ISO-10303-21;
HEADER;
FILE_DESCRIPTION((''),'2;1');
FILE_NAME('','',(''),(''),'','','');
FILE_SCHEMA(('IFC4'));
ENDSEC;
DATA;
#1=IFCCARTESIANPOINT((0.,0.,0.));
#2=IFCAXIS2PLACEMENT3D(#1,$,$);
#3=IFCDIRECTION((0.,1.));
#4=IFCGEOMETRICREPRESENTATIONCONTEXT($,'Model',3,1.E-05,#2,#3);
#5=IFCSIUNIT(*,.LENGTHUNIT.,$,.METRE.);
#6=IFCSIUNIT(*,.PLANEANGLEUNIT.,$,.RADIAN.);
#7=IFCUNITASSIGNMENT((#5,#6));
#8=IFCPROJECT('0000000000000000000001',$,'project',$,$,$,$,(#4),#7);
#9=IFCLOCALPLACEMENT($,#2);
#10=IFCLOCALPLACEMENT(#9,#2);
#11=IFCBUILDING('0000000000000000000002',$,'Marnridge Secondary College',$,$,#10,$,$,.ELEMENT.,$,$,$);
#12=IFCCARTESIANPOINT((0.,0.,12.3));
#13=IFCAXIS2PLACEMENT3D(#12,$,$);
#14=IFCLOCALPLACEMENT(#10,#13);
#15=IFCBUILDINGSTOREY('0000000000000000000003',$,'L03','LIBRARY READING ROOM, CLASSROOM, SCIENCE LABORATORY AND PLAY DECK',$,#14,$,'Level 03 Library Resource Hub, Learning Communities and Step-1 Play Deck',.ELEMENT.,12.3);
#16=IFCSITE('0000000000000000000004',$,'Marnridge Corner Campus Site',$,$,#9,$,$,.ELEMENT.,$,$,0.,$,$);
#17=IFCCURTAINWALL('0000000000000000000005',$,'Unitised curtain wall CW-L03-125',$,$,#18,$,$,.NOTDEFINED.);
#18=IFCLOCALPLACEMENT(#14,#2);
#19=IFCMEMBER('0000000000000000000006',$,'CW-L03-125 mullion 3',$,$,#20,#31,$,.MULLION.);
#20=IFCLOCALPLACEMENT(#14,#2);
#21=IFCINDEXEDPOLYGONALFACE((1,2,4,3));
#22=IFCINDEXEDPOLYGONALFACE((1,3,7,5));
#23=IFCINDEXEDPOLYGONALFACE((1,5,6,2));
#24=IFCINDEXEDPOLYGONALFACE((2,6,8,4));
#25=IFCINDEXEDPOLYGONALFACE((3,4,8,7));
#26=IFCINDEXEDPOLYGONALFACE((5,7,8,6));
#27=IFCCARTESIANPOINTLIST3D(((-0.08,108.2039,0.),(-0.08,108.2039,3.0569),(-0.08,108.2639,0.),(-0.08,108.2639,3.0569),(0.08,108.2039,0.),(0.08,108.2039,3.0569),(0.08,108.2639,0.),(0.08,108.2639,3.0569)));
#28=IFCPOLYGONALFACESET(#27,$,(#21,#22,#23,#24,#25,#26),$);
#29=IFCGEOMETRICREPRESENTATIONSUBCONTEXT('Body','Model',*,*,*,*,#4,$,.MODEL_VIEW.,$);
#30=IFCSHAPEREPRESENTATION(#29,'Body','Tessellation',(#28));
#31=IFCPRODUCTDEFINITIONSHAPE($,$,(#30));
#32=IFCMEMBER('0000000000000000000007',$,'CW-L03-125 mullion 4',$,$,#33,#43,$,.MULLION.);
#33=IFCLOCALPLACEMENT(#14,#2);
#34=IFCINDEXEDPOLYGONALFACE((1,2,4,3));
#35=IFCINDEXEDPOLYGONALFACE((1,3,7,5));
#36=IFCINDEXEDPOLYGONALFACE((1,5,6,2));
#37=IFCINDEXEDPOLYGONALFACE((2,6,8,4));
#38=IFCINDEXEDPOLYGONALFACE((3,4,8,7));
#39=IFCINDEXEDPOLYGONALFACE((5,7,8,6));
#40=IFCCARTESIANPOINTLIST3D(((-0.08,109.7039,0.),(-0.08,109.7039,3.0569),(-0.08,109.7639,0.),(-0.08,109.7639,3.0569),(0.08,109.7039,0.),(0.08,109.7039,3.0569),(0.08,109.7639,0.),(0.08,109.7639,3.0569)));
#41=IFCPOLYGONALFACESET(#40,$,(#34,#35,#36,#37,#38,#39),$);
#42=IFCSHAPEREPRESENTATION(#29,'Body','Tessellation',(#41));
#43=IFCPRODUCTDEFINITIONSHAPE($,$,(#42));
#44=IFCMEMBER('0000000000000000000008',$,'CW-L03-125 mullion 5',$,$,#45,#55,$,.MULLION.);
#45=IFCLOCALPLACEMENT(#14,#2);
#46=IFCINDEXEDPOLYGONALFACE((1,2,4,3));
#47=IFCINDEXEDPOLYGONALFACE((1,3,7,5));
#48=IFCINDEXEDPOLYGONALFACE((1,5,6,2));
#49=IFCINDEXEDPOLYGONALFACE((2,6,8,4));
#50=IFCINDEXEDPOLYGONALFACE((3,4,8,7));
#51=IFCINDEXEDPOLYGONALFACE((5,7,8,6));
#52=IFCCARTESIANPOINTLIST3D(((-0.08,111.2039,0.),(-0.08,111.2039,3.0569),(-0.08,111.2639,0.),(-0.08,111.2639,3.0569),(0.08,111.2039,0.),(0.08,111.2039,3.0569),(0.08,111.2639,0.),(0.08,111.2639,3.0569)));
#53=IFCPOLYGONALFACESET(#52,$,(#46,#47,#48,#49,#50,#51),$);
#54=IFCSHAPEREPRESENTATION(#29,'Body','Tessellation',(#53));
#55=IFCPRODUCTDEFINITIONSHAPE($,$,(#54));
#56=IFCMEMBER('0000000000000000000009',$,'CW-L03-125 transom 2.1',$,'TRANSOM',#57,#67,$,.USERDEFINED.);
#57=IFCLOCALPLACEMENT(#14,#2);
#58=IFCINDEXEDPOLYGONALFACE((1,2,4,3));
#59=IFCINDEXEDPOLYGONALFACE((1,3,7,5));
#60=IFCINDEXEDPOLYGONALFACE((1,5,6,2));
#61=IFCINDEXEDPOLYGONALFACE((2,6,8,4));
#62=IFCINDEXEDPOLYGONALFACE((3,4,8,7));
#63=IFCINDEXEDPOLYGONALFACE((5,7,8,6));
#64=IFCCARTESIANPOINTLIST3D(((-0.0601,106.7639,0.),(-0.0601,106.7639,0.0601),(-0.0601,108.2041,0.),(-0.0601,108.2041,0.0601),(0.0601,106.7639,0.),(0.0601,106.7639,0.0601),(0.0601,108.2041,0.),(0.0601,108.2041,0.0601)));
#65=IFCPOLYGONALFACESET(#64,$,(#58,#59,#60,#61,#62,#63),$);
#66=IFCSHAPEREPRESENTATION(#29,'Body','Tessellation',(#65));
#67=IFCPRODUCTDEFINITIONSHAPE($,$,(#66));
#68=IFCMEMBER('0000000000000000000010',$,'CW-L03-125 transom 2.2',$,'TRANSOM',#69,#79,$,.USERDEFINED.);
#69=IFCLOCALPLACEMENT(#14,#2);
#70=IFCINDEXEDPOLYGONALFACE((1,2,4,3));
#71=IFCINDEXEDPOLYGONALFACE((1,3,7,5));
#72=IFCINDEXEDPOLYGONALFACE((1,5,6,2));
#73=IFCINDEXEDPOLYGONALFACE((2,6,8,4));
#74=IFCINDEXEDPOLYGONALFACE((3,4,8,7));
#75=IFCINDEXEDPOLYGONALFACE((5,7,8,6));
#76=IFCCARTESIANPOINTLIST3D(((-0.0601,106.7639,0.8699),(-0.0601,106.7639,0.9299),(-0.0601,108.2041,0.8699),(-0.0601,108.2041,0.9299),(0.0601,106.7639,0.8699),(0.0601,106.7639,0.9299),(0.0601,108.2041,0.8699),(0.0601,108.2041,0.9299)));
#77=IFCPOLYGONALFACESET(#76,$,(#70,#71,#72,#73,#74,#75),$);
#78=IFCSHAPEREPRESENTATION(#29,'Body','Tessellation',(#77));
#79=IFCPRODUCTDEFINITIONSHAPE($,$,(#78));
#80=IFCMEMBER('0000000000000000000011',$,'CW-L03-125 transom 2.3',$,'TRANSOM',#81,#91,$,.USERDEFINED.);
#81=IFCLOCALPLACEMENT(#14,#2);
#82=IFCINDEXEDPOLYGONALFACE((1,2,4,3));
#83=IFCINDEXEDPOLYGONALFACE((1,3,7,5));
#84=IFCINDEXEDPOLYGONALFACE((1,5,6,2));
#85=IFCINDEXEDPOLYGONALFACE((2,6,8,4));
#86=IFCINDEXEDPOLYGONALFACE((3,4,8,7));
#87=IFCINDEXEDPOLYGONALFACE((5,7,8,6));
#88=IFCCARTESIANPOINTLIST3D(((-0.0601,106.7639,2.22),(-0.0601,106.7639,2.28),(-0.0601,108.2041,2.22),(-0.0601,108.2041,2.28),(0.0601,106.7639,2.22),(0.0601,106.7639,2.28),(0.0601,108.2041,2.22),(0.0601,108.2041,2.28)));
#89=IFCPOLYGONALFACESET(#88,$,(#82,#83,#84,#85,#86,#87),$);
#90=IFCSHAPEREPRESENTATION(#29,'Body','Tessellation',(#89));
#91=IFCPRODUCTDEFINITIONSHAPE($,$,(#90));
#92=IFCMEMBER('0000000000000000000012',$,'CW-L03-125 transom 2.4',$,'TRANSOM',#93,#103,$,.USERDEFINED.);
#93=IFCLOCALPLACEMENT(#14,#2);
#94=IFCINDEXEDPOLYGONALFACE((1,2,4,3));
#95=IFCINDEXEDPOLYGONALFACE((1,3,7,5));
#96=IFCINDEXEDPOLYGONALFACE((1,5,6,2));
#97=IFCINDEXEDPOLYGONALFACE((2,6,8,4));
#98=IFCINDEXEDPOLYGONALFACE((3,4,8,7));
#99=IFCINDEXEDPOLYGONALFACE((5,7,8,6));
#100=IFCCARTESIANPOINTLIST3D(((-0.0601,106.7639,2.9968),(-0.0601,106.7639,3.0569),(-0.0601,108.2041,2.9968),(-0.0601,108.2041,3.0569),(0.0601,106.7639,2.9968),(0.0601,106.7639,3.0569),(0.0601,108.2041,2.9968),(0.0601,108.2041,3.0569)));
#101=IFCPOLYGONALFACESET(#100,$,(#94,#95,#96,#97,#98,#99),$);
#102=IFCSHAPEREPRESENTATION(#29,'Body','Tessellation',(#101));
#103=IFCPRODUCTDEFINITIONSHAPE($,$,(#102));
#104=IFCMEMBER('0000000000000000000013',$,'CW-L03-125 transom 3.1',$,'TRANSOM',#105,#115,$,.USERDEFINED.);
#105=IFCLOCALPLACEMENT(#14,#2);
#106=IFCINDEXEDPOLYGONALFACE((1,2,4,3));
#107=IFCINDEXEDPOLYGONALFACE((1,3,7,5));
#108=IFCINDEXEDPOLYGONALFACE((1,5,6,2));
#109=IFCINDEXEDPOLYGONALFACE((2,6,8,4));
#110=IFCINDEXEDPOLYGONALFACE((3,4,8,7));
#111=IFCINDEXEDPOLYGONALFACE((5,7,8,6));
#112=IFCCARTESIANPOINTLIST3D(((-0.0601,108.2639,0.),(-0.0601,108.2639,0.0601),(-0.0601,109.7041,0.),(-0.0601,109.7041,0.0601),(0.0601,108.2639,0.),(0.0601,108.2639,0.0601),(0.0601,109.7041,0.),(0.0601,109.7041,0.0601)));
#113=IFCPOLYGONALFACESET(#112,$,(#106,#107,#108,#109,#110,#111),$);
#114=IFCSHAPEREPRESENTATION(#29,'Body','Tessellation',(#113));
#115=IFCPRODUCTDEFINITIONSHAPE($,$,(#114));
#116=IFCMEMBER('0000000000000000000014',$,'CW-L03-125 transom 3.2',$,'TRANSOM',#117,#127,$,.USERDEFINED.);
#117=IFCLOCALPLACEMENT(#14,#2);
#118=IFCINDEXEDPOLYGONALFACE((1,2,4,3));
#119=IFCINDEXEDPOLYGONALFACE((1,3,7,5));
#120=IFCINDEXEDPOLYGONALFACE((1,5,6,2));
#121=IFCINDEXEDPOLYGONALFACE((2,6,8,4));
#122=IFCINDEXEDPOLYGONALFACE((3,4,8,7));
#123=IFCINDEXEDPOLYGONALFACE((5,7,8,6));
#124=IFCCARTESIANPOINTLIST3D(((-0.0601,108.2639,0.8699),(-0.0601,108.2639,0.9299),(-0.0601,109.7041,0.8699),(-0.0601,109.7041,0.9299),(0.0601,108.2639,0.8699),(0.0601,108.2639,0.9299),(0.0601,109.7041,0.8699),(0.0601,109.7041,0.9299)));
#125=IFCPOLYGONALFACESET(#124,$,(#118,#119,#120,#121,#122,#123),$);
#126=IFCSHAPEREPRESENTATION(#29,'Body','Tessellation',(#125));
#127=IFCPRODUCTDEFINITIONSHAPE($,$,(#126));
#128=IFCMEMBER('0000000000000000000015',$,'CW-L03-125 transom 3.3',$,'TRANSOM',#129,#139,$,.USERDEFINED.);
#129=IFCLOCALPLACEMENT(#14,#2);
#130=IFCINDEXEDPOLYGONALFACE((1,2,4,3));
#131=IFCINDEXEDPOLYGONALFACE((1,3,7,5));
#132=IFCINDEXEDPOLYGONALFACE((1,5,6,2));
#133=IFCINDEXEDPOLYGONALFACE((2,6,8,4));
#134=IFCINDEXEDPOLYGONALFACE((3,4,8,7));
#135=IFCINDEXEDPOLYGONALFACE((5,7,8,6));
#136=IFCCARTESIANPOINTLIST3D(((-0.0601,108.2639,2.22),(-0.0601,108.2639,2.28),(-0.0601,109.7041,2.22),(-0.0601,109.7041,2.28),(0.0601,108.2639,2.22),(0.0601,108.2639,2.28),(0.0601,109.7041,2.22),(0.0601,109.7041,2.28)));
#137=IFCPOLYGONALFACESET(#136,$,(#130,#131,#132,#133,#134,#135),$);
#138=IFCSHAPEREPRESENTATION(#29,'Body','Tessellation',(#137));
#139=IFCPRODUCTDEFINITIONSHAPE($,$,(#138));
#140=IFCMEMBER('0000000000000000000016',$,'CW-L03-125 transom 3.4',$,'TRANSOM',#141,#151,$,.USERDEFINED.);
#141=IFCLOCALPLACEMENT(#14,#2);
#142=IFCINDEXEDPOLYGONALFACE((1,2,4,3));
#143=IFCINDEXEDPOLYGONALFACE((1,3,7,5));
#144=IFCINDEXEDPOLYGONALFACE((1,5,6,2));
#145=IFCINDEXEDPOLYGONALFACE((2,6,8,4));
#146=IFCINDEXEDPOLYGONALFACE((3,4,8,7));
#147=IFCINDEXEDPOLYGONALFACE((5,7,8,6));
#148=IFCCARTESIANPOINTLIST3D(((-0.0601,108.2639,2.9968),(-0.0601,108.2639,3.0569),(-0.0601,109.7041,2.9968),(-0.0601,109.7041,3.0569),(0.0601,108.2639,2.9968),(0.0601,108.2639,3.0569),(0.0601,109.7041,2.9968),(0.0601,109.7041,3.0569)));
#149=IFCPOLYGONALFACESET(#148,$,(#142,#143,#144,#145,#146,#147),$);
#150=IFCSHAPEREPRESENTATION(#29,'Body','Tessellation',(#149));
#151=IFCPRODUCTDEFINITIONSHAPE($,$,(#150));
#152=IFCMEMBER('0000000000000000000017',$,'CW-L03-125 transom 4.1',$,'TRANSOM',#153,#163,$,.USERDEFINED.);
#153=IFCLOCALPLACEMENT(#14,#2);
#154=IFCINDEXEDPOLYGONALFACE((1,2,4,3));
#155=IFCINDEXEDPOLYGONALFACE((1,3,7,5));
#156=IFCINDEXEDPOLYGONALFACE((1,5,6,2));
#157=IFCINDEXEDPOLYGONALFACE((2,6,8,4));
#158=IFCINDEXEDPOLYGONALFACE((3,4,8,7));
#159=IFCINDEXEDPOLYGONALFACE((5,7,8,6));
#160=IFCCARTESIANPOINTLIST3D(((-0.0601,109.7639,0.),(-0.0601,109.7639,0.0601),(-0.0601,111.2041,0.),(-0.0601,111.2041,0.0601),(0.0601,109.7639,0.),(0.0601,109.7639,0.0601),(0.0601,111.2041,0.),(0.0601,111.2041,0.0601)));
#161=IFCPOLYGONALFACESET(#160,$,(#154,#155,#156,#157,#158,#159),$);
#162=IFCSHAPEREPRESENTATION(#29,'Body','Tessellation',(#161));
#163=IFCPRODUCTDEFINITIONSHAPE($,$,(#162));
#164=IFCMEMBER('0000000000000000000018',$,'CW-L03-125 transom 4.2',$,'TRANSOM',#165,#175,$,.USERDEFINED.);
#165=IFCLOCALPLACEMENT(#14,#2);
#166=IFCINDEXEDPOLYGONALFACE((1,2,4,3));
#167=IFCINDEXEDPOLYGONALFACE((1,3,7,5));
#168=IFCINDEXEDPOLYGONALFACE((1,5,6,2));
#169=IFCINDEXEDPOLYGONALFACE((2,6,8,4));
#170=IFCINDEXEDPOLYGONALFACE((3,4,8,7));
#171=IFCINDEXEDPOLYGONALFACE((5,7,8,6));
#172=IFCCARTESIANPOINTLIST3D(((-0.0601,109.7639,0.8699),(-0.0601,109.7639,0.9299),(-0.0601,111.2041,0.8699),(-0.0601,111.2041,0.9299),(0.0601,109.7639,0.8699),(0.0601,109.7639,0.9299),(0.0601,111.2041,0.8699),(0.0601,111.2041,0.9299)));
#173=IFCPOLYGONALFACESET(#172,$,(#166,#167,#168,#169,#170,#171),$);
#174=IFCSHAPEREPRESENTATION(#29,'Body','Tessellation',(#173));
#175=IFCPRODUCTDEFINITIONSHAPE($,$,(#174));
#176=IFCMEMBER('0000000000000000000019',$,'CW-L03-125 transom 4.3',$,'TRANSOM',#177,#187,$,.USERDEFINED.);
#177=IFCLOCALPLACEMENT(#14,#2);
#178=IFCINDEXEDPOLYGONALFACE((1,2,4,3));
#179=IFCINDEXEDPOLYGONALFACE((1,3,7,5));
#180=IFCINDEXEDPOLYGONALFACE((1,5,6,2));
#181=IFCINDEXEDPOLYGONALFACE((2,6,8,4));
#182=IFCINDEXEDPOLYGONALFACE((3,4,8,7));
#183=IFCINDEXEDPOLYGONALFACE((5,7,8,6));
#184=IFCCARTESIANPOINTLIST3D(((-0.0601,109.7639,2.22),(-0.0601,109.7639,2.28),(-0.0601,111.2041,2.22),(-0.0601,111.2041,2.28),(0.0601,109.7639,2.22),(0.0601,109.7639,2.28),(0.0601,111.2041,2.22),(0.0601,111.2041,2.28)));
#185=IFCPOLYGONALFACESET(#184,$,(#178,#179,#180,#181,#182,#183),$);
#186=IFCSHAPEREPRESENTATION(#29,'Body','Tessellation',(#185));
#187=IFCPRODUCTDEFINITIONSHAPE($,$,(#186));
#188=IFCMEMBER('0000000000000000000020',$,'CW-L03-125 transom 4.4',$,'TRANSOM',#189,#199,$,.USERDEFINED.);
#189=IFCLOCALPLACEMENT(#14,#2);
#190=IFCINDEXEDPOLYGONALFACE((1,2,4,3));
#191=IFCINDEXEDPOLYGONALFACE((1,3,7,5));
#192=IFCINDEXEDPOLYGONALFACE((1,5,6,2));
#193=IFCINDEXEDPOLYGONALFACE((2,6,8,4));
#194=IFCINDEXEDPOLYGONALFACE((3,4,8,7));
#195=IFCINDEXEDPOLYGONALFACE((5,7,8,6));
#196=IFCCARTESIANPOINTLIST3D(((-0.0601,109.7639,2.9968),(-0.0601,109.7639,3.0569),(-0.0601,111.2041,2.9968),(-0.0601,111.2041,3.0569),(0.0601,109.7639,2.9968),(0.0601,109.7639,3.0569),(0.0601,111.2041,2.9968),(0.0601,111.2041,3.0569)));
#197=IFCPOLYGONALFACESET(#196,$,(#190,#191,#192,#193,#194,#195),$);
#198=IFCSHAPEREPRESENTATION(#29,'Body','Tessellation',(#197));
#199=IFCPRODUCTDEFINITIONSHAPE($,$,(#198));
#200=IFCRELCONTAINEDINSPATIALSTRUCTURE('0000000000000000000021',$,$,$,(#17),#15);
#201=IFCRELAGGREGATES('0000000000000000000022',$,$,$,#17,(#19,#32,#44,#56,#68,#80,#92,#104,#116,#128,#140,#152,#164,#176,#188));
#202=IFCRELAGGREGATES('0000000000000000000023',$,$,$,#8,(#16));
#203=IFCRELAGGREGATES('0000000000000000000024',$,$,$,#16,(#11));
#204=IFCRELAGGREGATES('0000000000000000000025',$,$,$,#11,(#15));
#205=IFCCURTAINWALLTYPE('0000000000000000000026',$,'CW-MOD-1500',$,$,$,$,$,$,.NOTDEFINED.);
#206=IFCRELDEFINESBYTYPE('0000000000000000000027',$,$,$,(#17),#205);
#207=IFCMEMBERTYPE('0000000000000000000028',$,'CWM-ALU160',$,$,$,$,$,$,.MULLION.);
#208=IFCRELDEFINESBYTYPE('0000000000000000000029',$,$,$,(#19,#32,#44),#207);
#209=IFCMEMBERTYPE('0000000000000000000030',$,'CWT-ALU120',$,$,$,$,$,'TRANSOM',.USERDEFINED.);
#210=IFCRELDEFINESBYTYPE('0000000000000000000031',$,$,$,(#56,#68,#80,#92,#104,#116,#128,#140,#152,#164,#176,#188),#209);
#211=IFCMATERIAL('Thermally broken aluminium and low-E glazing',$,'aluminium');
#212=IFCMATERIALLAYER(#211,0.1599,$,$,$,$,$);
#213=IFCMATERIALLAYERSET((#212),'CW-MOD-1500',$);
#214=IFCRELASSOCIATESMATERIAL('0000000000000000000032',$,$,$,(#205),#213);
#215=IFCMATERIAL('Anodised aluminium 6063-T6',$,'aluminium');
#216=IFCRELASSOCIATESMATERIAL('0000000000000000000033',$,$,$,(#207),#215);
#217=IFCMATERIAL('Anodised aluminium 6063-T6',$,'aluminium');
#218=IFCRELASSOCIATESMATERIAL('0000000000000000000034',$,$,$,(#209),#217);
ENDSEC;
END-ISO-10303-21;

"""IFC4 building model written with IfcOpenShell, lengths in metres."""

from ifc_helpers import new_model, si_unit, direction, frame, origin, origin_2d, place, context, subcontext, project, spatial, rectangle, extrude, material, layer, layer_set, material_profile, profile_set, type_object, element, aggregate, save


model = new_model("IFC4")

# Units and contexts
model_context = context("Model", 3, precision=1e-05, world=origin(), true_north=direction((0.0, 1.0)))
body_context = subcontext(model_context, "Body", "Model", "MODEL_VIEW")
ifc_project = project(units=[si_unit("LENGTHUNIT", "METRE"), si_unit("PLANEANGLEUNIT", "RADIAN")], contexts=[model_context])

# Site, building, storey
site_placement = place(None, origin())
site = spatial("IfcSite", under=ifc_project, at=site_placement, Name="Marnridge Corner Campus Site", CompositionType="ELEMENT", RefElevation=0.0)
building_placement = place(site_placement, origin())
building = spatial("IfcBuilding", under=site, at=building_placement, Name="Marnridge Secondary College", CompositionType="ELEMENT")
storey_placement = place(building_placement, frame((0.0, 0.0, 12.3)))
storey = spatial("IfcBuildingStorey", under=building, at=storey_placement, Name="L03", Description="LIBRARY READING ROOM, CLASSROOM, SCIENCE LABORATORY AND PLAY DECK", LongName="Level 03 Library Resource Hub, Learning Communities and Step-1 Play Deck", CompositionType="ELEMENT", Elevation=12.3)

# Curtain wall, members
ifc_material_1 = material(Name="Thermally broken aluminium and low-E glazing", Category="aluminium")
ifc_layer_1 = layer(ifc_material_1, 0.1599)
ifc_layer_set_1 = layer_set([ifc_layer_1], Name="CW-MOD-1500")
curtain_wall_type = type_object("IfcCurtainWallType", Name="CW-MOD-1500", PredefinedType="NOTDEFINED", material=ifc_layer_set_1)
curtain_wall_placement = place(storey_placement, origin())
curtain_wall = element("IfcCurtainWall", 1, at=curtain_wall_placement, inside=storey, type_object=curtain_wall_type, Name="Unitised curtain wall CW-L03-125", PredefinedType="NOTDEFINED")
ifc_material_2 = material(Name="Anodised aluminium 6063-T6", Category="aluminium")
ifc_material_profile_1 = material_profile(ifc_material_2, rectangle(XDim=0.0601, YDim=0.1599, at=origin_2d()), Name="ALU 60x160")
ifc_profile_set_1 = profile_set([ifc_material_profile_1], Name="Anodised aluminium 6063-T6")
member_type_1 = type_object("IfcMemberType", Name="CWM-ALU160", PredefinedType="MULLION", material=ifc_profile_set_1)
member_1_placement = place(storey_placement, frame((0.0, 108.2339, 0.0), z_axis=(0.0, 0.0, 1.0), x_axis=(0.0, 1.0, 0.0)))
member_1 = element("IfcMember", 2, at=member_1_placement, type_object=member_type_1, Name="CW-L03-125 mullion 3", PredefinedType="MULLION", context=body_context, shape_type="SweptSolid", body=[
    extrude(rectangle(XDim=0.0601, YDim=0.1599, at=origin_2d()), origin(), (0.0, 0.0, 1.0), 3.0569),
])
member_2_placement = place(storey_placement, frame((0.0, 109.7339, 0.0), z_axis=(0.0, 0.0, 1.0), x_axis=(0.0, 1.0, 0.0)))
member_2 = element("IfcMember", 3, at=member_2_placement, type_object=member_type_1, Name="CW-L03-125 mullion 4", PredefinedType="MULLION", context=body_context, shape_type="SweptSolid", body=[
    extrude(rectangle(XDim=0.0601, YDim=0.1599, at=origin_2d()), origin(), (0.0, 0.0, 1.0), 3.0569),
])
member_3_placement = place(storey_placement, frame((0.0, 111.2339, 0.0), z_axis=(0.0, 0.0, 1.0), x_axis=(0.0, 1.0, 0.0)))
member_3 = element("IfcMember", 4, at=member_3_placement, type_object=member_type_1, Name="CW-L03-125 mullion 5", PredefinedType="MULLION", context=body_context, shape_type="SweptSolid", body=[
    extrude(rectangle(XDim=0.0601, YDim=0.1599, at=origin_2d()), origin(), (0.0, 0.0, 1.0), 3.0569),
])
ifc_material_3 = material(Name="Anodised aluminium 6063-T6", Category="aluminium")
ifc_material_profile_2 = material_profile(ifc_material_3, rectangle(XDim=0.0601, YDim=0.1201, at=origin_2d()), Name="ALU 60x120")
ifc_profile_set_2 = profile_set([ifc_material_profile_2], Name="Anodised aluminium 6063-T6")
member_type_2 = type_object("IfcMemberType", Name="CWT-ALU120", ElementType="TRANSOM", PredefinedType="USERDEFINED", material=ifc_profile_set_2)
member_4_placement = place(storey_placement, frame((0.0, 106.7639, 0.03), z_axis=(0.0, 1.0, 0.0), x_axis=(0.0, 0.0, 1.0)))
member_4 = element("IfcMember", 5, at=member_4_placement, type_object=member_type_2, Name="CW-L03-125 transom 2.1", ObjectType="TRANSOM", PredefinedType="USERDEFINED", context=body_context, shape_type="SweptSolid", body=[
    extrude(rectangle(XDim=0.0601, YDim=0.1201, at=origin_2d()), origin(), (0.0, 0.0, 1.0), 1.4402),
])
member_5_placement = place(storey_placement, frame((0.0, 106.7639, 0.8999), z_axis=(0.0, 1.0, 0.0), x_axis=(0.0, 0.0, 1.0)))
member_5 = element("IfcMember", 6, at=member_5_placement, type_object=member_type_2, Name="CW-L03-125 transom 2.2", ObjectType="TRANSOM", PredefinedType="USERDEFINED", context=body_context, shape_type="SweptSolid", body=[
    extrude(rectangle(XDim=0.0601, YDim=0.1201, at=origin_2d()), origin(), (0.0, 0.0, 1.0), 1.4402),
])
member_6_placement = place(storey_placement, frame((0.0, 106.7639, 2.25), z_axis=(0.0, 1.0, 0.0), x_axis=(0.0, 0.0, 1.0)))
member_6 = element("IfcMember", 7, at=member_6_placement, type_object=member_type_2, Name="CW-L03-125 transom 2.3", ObjectType="TRANSOM", PredefinedType="USERDEFINED", context=body_context, shape_type="SweptSolid", body=[
    extrude(rectangle(XDim=0.0601, YDim=0.1201, at=origin_2d()), origin(), (0.0, 0.0, 1.0), 1.4402),
])
member_7_placement = place(storey_placement, frame((0.0, 106.7639, 3.0269), z_axis=(0.0, 1.0, 0.0), x_axis=(0.0, 0.0, 1.0)))
member_7 = element("IfcMember", 8, at=member_7_placement, type_object=member_type_2, Name="CW-L03-125 transom 2.4", ObjectType="TRANSOM", PredefinedType="USERDEFINED", context=body_context, shape_type="SweptSolid", body=[
    extrude(rectangle(XDim=0.0601, YDim=0.1201, at=origin_2d()), origin(), (0.0, 0.0, 1.0), 1.4402),
])
member_8_placement = place(storey_placement, frame((0.0, 108.2639, 0.03), z_axis=(0.0, 1.0, 0.0), x_axis=(0.0, 0.0, 1.0)))
member_8 = element("IfcMember", 9, at=member_8_placement, type_object=member_type_2, Name="CW-L03-125 transom 3.1", ObjectType="TRANSOM", PredefinedType="USERDEFINED", context=body_context, shape_type="SweptSolid", body=[
    extrude(rectangle(XDim=0.0601, YDim=0.1201, at=origin_2d()), origin(), (0.0, 0.0, 1.0), 1.4402),
])
member_9_placement = place(storey_placement, frame((0.0, 108.2639, 0.8999), z_axis=(0.0, 1.0, 0.0), x_axis=(0.0, 0.0, 1.0)))
member_9 = element("IfcMember", 10, at=member_9_placement, type_object=member_type_2, Name="CW-L03-125 transom 3.2", ObjectType="TRANSOM", PredefinedType="USERDEFINED", context=body_context, shape_type="SweptSolid", body=[
    extrude(rectangle(XDim=0.0601, YDim=0.1201, at=origin_2d()), origin(), (0.0, 0.0, 1.0), 1.4402),
])
member_10_placement = place(storey_placement, frame((0.0, 108.2639, 2.25), z_axis=(0.0, 1.0, 0.0), x_axis=(0.0, 0.0, 1.0)))
member_10 = element("IfcMember", 11, at=member_10_placement, type_object=member_type_2, Name="CW-L03-125 transom 3.3", ObjectType="TRANSOM", PredefinedType="USERDEFINED", context=body_context, shape_type="SweptSolid", body=[
    extrude(rectangle(XDim=0.0601, YDim=0.1201, at=origin_2d()), origin(), (0.0, 0.0, 1.0), 1.4402),
])
member_11_placement = place(storey_placement, frame((0.0, 108.2639, 3.0269), z_axis=(0.0, 1.0, 0.0), x_axis=(0.0, 0.0, 1.0)))
member_11 = element("IfcMember", 12, at=member_11_placement, type_object=member_type_2, Name="CW-L03-125 transom 3.4", ObjectType="TRANSOM", PredefinedType="USERDEFINED", context=body_context, shape_type="SweptSolid", body=[
    extrude(rectangle(XDim=0.0601, YDim=0.1201, at=origin_2d()), origin(), (0.0, 0.0, 1.0), 1.4402),
])
member_12_placement = place(storey_placement, frame((0.0, 109.7639, 0.03), z_axis=(0.0, 1.0, 0.0), x_axis=(0.0, 0.0, 1.0)))
member_12 = element("IfcMember", 13, at=member_12_placement, type_object=member_type_2, Name="CW-L03-125 transom 4.1", ObjectType="TRANSOM", PredefinedType="USERDEFINED", context=body_context, shape_type="SweptSolid", body=[
    extrude(rectangle(XDim=0.0601, YDim=0.1201, at=origin_2d()), origin(), (0.0, 0.0, 1.0), 1.4402),
])
member_13_placement = place(storey_placement, frame((0.0, 109.7639, 0.8999), z_axis=(0.0, 1.0, 0.0), x_axis=(0.0, 0.0, 1.0)))
member_13 = element("IfcMember", 14, at=member_13_placement, type_object=member_type_2, Name="CW-L03-125 transom 4.2", ObjectType="TRANSOM", PredefinedType="USERDEFINED", context=body_context, shape_type="SweptSolid", body=[
    extrude(rectangle(XDim=0.0601, YDim=0.1201, at=origin_2d()), origin(), (0.0, 0.0, 1.0), 1.4402),
])
member_14_placement = place(storey_placement, frame((0.0, 109.7639, 2.25), z_axis=(0.0, 1.0, 0.0), x_axis=(0.0, 0.0, 1.0)))
member_14 = element("IfcMember", 15, at=member_14_placement, type_object=member_type_2, Name="CW-L03-125 transom 4.3", ObjectType="TRANSOM", PredefinedType="USERDEFINED", context=body_context, shape_type="SweptSolid", body=[
    extrude(rectangle(XDim=0.0601, YDim=0.1201, at=origin_2d()), origin(), (0.0, 0.0, 1.0), 1.4402),
])
member_15_placement = place(storey_placement, frame((0.0, 109.7639, 3.0269), z_axis=(0.0, 1.0, 0.0), x_axis=(0.0, 0.0, 1.0)))
member_15 = element("IfcMember", 16, at=member_15_placement, type_object=member_type_2, Name="CW-L03-125 transom 4.4", ObjectType="TRANSOM", PredefinedType="USERDEFINED", context=body_context, shape_type="SweptSolid", body=[
    extrude(rectangle(XDim=0.0601, YDim=0.1201, at=origin_2d()), origin(), (0.0, 0.0, 1.0), 1.4402),
])
aggregate(curtain_wall, [member_1, member_2, member_3, member_4, member_5, member_6, member_7, member_8, member_9, member_10, member_11, member_12, member_13, member_14, member_15])

save(model, "model.ifc")
